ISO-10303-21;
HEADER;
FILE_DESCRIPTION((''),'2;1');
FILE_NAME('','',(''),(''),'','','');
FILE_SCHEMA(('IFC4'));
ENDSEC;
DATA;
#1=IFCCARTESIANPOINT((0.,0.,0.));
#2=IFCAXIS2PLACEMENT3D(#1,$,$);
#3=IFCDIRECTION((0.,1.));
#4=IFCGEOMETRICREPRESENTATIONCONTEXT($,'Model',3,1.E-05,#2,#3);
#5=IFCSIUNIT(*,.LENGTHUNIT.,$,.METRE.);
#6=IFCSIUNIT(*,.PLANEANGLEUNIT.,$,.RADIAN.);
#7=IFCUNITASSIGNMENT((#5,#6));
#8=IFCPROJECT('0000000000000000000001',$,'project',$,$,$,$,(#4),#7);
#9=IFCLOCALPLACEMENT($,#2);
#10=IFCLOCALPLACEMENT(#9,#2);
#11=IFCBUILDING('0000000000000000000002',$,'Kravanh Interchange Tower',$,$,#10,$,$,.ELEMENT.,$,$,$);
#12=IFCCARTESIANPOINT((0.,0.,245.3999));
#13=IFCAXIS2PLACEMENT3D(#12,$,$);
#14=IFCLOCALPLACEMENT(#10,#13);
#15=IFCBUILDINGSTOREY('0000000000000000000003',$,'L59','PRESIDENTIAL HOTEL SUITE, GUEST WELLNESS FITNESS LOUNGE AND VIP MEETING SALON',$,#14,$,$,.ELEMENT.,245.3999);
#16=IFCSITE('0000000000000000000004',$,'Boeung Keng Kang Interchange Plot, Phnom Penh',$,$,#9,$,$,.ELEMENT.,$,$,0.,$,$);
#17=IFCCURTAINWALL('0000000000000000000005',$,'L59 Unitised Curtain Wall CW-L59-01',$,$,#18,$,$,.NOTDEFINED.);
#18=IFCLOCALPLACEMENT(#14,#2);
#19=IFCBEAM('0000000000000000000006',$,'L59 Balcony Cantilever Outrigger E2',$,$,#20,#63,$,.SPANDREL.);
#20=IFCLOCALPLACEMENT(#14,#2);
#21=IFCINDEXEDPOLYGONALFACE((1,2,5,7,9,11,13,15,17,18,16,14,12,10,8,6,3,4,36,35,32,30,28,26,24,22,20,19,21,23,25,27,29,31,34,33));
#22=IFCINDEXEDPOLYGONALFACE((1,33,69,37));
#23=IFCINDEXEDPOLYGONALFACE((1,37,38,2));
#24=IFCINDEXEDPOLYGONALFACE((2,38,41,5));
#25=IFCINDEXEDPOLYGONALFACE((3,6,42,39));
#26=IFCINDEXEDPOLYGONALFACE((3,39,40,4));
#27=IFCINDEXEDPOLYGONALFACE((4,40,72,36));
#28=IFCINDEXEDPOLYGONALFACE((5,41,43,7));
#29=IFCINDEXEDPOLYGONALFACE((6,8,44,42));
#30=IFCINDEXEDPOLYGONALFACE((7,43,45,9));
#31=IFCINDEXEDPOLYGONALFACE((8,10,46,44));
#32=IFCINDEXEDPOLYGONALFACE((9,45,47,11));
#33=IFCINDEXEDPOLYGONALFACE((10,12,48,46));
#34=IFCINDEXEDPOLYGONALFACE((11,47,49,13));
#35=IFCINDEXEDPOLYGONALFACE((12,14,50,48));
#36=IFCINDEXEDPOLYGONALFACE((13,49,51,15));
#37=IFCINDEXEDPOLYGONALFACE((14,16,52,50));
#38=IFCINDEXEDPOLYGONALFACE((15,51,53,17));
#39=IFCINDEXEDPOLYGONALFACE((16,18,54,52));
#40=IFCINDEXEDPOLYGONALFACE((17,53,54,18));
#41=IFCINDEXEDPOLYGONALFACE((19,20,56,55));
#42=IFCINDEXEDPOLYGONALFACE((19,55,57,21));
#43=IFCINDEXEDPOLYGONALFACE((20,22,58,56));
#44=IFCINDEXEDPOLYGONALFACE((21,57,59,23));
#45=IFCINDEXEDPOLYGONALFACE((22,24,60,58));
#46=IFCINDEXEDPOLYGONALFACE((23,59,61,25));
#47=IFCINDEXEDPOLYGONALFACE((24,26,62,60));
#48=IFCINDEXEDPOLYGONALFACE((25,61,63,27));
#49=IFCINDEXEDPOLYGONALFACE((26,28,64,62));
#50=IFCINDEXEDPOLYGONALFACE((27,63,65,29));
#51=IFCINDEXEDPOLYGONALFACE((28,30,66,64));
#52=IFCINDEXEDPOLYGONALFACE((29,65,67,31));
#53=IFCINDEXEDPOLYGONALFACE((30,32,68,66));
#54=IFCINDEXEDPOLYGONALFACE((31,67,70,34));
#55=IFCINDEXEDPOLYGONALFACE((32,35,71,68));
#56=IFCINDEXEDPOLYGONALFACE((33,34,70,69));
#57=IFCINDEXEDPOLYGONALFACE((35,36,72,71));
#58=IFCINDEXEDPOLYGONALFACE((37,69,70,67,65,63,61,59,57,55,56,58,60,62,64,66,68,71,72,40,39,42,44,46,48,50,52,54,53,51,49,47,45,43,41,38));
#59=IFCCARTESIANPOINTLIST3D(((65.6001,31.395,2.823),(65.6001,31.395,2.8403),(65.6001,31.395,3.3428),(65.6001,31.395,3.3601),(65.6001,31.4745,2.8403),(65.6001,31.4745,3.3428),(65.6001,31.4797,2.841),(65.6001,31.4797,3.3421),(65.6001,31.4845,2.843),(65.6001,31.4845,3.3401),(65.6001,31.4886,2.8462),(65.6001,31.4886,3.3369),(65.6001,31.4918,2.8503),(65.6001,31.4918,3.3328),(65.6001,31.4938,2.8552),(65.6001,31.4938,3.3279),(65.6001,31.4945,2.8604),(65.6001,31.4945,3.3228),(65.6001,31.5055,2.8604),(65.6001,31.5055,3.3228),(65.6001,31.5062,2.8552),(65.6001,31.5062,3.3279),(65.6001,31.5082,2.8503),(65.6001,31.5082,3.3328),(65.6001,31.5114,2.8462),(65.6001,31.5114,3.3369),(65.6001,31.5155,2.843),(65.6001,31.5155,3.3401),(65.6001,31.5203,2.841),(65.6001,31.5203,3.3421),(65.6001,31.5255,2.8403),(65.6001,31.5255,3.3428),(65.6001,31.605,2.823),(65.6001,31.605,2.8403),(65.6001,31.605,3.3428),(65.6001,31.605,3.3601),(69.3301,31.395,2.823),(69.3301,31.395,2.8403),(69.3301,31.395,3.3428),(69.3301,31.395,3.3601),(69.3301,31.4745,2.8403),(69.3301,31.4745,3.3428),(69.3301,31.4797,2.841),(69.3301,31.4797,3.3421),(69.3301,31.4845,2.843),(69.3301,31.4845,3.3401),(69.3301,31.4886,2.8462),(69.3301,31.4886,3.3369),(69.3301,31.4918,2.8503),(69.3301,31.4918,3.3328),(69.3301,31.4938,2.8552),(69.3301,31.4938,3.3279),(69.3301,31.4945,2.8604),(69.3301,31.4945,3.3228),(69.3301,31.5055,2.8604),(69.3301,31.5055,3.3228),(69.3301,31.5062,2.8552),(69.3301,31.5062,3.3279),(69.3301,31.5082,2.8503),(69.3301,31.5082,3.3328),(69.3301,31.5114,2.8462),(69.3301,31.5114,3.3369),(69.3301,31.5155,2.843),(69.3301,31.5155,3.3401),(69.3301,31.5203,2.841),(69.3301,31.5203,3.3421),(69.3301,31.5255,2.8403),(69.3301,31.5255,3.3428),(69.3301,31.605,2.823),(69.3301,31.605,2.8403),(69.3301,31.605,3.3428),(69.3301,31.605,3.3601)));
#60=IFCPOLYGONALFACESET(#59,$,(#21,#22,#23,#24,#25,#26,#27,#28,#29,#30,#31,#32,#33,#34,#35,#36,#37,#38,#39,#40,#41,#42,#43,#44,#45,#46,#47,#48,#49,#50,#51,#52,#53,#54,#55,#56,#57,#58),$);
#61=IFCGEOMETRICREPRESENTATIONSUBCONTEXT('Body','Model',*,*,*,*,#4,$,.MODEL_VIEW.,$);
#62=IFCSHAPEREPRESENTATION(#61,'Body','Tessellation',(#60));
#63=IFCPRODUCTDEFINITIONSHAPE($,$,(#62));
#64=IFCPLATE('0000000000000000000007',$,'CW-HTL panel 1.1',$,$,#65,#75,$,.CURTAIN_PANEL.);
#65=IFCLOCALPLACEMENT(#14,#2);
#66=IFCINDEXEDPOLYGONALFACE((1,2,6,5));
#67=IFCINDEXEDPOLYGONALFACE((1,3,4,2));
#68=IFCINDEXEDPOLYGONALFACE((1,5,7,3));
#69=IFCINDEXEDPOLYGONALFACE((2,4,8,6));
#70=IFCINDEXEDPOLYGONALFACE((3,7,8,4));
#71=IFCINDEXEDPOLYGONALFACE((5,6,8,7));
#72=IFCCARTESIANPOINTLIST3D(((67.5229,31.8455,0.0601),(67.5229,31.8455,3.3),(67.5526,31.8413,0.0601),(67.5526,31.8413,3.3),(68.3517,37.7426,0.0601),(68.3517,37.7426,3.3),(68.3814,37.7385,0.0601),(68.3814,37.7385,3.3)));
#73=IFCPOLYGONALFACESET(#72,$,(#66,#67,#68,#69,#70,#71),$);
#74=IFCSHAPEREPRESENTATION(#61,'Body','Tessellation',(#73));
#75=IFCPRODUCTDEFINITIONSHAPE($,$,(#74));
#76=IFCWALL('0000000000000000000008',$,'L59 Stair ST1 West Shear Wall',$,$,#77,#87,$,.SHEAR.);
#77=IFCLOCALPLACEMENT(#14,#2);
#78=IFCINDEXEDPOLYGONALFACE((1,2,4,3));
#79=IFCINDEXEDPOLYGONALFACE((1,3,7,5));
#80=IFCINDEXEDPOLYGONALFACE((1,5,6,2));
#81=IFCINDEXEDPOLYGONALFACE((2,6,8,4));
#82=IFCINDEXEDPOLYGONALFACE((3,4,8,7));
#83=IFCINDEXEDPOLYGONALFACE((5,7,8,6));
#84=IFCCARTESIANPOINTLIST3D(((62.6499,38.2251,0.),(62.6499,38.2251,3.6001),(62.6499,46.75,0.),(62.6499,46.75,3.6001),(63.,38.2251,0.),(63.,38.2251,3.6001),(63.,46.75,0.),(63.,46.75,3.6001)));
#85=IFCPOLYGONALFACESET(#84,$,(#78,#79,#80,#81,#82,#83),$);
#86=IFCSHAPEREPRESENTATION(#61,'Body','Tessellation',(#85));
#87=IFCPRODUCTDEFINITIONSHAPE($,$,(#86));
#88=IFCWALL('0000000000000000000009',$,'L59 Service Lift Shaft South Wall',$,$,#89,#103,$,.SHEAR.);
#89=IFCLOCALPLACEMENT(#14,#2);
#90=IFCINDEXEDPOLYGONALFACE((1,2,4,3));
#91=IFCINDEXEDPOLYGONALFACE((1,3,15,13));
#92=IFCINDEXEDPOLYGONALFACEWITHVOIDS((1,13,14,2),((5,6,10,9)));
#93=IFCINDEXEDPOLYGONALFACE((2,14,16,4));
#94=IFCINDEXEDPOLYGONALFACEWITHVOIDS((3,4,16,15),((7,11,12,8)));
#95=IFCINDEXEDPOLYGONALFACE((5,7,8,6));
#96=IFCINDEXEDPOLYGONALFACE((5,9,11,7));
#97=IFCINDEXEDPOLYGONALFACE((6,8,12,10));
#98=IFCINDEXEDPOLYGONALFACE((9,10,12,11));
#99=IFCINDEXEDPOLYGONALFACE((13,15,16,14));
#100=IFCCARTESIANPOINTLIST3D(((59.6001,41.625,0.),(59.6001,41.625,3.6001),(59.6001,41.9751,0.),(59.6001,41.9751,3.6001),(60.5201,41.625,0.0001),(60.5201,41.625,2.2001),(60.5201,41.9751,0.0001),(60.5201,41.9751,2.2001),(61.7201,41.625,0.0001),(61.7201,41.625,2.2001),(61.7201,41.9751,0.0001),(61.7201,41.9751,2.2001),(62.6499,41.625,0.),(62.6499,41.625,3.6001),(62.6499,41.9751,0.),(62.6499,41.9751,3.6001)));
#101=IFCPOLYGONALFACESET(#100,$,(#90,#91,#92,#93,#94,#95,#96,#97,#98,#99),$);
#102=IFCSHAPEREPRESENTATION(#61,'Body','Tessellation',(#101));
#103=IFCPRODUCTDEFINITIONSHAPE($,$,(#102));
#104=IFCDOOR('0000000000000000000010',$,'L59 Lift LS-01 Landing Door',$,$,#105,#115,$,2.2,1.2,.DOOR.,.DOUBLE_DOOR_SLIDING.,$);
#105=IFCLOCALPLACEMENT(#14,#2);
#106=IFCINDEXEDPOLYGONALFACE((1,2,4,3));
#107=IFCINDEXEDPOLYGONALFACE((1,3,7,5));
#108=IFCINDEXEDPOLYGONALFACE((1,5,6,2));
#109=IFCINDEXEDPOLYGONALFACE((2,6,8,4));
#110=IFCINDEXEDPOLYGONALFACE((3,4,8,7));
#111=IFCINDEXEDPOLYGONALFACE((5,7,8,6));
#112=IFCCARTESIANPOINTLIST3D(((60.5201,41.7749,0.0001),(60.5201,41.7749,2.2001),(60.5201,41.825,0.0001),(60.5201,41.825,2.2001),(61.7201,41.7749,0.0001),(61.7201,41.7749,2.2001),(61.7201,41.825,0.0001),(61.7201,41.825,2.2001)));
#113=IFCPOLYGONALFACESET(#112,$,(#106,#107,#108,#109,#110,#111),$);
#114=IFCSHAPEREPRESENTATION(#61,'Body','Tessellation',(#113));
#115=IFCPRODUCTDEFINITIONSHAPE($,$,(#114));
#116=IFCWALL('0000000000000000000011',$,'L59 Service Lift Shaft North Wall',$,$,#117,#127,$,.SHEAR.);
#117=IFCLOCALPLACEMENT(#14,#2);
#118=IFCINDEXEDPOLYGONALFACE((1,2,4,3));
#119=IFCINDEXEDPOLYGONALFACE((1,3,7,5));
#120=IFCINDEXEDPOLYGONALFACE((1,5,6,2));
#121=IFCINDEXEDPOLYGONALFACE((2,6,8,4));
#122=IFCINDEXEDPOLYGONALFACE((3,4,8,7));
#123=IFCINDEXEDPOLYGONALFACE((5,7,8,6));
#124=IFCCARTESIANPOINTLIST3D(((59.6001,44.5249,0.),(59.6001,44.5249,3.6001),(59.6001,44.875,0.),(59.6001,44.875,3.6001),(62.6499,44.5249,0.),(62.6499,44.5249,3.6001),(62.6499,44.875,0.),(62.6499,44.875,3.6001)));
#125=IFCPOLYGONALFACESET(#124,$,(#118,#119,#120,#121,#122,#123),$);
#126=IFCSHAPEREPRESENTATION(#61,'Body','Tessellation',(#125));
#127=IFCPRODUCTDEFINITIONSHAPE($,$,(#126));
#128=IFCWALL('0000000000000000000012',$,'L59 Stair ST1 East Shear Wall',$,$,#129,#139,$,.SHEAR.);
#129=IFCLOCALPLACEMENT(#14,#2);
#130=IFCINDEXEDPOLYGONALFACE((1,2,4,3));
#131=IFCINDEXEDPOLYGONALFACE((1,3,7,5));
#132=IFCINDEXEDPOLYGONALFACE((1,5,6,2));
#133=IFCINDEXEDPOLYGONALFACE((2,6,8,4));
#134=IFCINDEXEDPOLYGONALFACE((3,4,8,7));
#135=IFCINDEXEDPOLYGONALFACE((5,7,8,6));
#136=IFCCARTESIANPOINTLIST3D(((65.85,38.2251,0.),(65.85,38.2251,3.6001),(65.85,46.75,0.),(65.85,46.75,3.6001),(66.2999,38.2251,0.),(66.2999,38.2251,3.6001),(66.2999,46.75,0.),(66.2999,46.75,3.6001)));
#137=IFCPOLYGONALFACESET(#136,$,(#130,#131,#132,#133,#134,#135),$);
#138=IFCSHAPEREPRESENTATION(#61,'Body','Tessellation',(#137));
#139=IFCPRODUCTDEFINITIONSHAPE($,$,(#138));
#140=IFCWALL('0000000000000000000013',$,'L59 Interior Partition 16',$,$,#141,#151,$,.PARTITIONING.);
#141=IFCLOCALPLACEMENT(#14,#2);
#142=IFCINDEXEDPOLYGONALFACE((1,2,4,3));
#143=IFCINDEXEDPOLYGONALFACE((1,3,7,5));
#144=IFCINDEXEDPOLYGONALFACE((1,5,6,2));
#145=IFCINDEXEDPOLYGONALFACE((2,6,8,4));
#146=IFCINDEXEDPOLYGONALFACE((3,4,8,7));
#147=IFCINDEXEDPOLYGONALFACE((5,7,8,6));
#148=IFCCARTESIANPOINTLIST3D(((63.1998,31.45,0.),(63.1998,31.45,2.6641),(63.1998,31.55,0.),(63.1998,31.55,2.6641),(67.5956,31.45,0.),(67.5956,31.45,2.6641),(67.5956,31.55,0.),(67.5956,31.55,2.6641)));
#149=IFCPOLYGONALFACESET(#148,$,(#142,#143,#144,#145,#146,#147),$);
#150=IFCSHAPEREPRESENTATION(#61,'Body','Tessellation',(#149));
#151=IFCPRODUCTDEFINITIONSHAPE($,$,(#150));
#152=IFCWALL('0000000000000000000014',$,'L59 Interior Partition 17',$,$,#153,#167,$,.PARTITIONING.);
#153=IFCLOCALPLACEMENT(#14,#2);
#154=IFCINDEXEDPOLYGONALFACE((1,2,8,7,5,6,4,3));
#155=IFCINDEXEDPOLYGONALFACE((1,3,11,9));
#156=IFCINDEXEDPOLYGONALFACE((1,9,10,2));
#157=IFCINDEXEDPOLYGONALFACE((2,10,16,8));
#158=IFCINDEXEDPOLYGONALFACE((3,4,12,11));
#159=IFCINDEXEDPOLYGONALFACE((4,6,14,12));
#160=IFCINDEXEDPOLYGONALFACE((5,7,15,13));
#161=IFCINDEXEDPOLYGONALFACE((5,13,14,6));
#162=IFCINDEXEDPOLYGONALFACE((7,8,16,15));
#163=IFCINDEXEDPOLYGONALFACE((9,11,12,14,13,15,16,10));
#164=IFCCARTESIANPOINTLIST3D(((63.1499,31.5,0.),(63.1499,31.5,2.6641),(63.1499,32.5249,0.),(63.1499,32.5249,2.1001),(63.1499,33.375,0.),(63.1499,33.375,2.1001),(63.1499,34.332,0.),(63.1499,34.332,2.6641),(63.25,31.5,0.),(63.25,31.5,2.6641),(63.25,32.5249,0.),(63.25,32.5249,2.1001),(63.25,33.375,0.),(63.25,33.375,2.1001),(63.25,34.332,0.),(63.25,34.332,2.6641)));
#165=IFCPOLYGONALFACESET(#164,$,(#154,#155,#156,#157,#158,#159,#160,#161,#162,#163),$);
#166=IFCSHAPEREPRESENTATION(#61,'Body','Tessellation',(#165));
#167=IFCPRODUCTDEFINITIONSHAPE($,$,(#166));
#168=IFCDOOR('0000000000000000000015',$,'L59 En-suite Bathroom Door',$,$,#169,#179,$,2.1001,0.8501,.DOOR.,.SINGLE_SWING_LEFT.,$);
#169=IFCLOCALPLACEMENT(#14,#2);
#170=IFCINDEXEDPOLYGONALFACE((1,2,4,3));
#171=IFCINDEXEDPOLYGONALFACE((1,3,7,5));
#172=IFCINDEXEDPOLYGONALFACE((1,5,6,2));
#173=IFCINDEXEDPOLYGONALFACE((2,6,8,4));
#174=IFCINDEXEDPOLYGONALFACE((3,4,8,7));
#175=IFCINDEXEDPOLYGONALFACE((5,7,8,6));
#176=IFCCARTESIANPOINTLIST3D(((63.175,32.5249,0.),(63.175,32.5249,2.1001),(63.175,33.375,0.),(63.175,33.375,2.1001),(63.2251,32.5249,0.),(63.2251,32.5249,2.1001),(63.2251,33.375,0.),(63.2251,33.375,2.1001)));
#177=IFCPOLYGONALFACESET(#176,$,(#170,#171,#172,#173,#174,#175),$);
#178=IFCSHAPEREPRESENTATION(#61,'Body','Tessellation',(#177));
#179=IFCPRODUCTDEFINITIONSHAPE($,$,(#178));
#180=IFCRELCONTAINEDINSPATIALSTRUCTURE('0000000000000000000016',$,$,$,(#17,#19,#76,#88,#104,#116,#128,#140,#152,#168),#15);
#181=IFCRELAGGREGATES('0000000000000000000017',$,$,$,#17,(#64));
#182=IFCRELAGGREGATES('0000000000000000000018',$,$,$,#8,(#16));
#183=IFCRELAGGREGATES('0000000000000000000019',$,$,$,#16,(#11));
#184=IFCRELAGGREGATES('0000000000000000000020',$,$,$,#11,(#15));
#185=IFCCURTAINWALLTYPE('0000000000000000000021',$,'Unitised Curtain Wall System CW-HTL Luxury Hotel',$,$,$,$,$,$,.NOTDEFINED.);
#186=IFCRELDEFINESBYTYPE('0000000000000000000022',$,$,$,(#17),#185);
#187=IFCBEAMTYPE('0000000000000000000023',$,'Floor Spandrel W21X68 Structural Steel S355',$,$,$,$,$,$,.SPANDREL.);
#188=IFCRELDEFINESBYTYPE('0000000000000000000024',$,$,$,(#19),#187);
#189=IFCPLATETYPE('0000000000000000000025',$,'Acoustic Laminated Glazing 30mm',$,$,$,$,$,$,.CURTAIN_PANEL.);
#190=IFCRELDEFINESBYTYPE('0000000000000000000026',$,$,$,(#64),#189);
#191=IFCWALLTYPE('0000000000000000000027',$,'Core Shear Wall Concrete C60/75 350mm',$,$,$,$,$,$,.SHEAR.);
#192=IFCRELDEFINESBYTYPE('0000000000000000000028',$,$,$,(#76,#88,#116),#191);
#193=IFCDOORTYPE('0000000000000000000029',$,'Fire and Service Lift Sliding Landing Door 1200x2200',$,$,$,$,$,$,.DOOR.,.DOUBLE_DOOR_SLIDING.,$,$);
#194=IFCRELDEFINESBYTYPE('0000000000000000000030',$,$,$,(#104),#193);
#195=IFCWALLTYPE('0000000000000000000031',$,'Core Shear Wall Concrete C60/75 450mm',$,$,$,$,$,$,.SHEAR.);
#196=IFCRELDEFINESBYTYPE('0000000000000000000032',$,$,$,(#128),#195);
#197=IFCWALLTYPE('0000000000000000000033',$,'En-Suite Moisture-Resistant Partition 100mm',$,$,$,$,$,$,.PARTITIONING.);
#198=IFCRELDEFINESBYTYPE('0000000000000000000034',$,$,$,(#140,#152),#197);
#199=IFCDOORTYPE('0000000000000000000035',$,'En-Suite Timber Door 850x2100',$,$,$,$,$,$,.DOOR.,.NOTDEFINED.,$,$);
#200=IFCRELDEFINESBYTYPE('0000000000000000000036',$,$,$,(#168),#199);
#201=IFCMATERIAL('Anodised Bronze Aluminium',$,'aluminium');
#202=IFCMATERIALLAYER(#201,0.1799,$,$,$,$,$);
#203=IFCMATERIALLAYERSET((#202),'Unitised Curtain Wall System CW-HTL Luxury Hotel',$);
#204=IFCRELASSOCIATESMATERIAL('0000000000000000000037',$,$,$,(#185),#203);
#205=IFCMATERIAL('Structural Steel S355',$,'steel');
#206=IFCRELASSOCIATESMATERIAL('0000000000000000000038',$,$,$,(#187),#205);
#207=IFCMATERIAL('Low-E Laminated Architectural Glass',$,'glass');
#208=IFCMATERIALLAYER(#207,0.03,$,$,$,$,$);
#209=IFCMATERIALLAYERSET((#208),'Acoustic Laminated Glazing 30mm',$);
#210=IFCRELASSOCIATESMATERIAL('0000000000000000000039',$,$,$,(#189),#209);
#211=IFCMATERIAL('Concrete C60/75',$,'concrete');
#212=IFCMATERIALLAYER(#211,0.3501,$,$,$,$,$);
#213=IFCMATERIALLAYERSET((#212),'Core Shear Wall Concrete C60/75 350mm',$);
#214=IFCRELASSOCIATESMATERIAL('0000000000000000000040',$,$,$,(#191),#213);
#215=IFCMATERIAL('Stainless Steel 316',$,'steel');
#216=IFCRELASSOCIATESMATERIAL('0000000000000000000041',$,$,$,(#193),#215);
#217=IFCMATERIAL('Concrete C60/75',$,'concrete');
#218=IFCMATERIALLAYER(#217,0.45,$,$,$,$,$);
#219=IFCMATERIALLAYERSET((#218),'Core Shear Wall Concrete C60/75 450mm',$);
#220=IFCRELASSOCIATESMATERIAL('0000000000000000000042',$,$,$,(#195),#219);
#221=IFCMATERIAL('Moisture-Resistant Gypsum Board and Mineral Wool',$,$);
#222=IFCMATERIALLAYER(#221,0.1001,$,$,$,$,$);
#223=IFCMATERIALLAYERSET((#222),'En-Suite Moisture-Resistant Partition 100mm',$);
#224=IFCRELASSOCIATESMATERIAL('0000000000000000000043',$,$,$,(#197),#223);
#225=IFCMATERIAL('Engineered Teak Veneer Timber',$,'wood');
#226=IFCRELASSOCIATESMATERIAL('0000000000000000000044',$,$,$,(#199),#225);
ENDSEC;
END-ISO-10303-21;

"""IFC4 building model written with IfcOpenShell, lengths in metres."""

from ifc_helpers import new_model, si_unit, direction, frame, frame_2d, origin, origin_2d, place, context, subcontext, project, spatial, rectangle, i_section, extrude, material, layer, layer_set, material_profile, profile_set, type_object, element, fill, aggregate, save


model = new_model("IFC4")

# Units and contexts
model_context = context("Model", 3, precision=1e-05, world=origin(), true_north=direction((0.0, 1.0)))
body_context = subcontext(model_context, "Body", "Model", "MODEL_VIEW")
ifc_project = project(units=[si_unit("LENGTHUNIT", "METRE"), si_unit("PLANEANGLEUNIT", "RADIAN")], contexts=[model_context])

# Site, building, storey
site_placement = place(None, origin())
site = spatial("IfcSite", under=ifc_project, at=site_placement, Name="Boeung Keng Kang Interchange Plot, Phnom Penh", CompositionType="ELEMENT", RefElevation=0.0)
building_placement = place(site_placement, origin())
building = spatial("IfcBuilding", under=site, at=building_placement, Name="Kravanh Interchange Tower", CompositionType="ELEMENT")
storey_placement = place(building_placement, frame((0.0, 0.0, 245.3999)))
storey = spatial("IfcBuildingStorey", under=building, at=storey_placement, Name="L59", Description="PRESIDENTIAL HOTEL SUITE, GUEST WELLNESS FITNESS LOUNGE AND VIP MEETING SALON", CompositionType="ELEMENT", Elevation=245.3999)

# Curtain wall
ifc_material_1 = material(Name="Anodised Bronze Aluminium", Category="aluminium")
ifc_layer_1 = layer(ifc_material_1, 0.1799)
ifc_layer_set_1 = layer_set([ifc_layer_1], Name="Unitised Curtain Wall System CW-HTL Luxury Hotel")
curtain_wall_type = type_object("IfcCurtainWallType", Name="Unitised Curtain Wall System CW-HTL Luxury Hotel", PredefinedType="NOTDEFINED", material=ifc_layer_set_1)
curtain_wall_placement = place(storey_placement, origin())
curtain_wall = element("IfcCurtainWall", 1, at=curtain_wall_placement, inside=storey, type_object=curtain_wall_type, Name="L59 Unitised Curtain Wall CW-L59-01", PredefinedType="NOTDEFINED")

# Beam
ifc_material_2 = material(Name="Structural Steel S355", Category="steel")
ifc_material_profile_1 = material_profile(ifc_material_2, i_section(OverallWidth=0.21, OverallDepth=0.5371, WebThickness=0.011, FlangeThickness=0.0173, FilletRadius=0.02, at=origin_2d()), Name="W21X68")
ifc_profile_set_1 = profile_set([ifc_material_profile_1], Name="Structural Steel S355")
beam_type_1 = type_object("IfcBeamType", Name="Floor Spandrel W21X68 Structural Steel S355", PredefinedType="SPANDREL", material=ifc_profile_set_1)
beam_1_placement = place(storey_placement, frame((65.6001, 31.5, 3.0916), z_axis=(1.0, 0.0, 0.0), x_axis=(0.0, 1.0, 0.0)))
element("IfcBeam", 2, at=beam_1_placement, inside=storey, type_object=beam_type_1, Name="L59 Balcony Cantilever Outrigger E2", PredefinedType="SPANDREL", context=body_context, shape_type="SweptSolid", body=[
    extrude(i_section(OverallWidth=0.21, OverallDepth=0.5371, WebThickness=0.011, FlangeThickness=0.0173, FilletRadius=0.02, at=origin_2d()), origin(), (0.0, 0.0, 1.0), 3.73),
])

# Plate
ifc_material_3 = material(Name="Low-E Laminated Architectural Glass", Category="glass")
ifc_layer_2 = layer(ifc_material_3, 0.03)
ifc_layer_set_2 = layer_set([ifc_layer_2], Name="Acoustic Laminated Glazing 30mm")
plate_type = type_object("IfcPlateType", Name="Acoustic Laminated Glazing 30mm", PredefinedType="CURTAIN_PANEL", material=ifc_layer_set_2)
plate_placement = place(storey_placement, frame((67.9521, 34.792, 0.0601), z_axis=(0.0, 0.0, 1.0), x_axis=(-0.139174, -0.990268, 0.0)))
plate = element("IfcPlate", 3, at=plate_placement, type_object=plate_type, Name="CW-HTL panel 1.1", PredefinedType="CURTAIN_PANEL", context=body_context, shape_type="SweptSolid", body=[
    extrude(rectangle(XDim=5.9551, YDim=0.03, at=origin_2d()), origin(), (0.0, 0.0, 1.0), 3.24),
])
aggregate(curtain_wall, [plate])

# Wall
ifc_material_4 = material(Name="Concrete C60/75", Category="concrete")
ifc_layer_3 = layer(ifc_material_4, 0.3501)
ifc_layer_set_3 = layer_set([ifc_layer_3], Name="Core Shear Wall Concrete C60/75 350mm")
wall_type_1 = type_object("IfcWallType", Name="Core Shear Wall Concrete C60/75 350mm", PredefinedType="SHEAR", material=ifc_layer_set_3)
wall_1_placement = place(storey_placement, frame((62.825, 38.2251, 0.0), z_axis=(0.0, 0.0, 1.0), x_axis=(0.0, 1.0, 0.0)))
element("IfcWall", 4, at=wall_1_placement, inside=storey, type_object=wall_type_1, Name="L59 Stair ST1 West Shear Wall", PredefinedType="SHEAR", context=body_context, shape_type="SweptSolid", body=[
    extrude(rectangle(XDim=8.5249, YDim=0.3501, at=frame_2d((4.2625, 0.0))), origin(), (0.0, 0.0, 1.0), 3.6001),
])

# Wall, opening, door
wall_2_placement = place(storey_placement, frame((59.6001, 41.8, 0.0), z_axis=(0.0, 0.0, 1.0), x_axis=(1.0, 0.0, 0.0)))
wall_2 = element("IfcWall", 5, at=wall_2_placement, inside=storey, type_object=wall_type_1, Name="L59 Service Lift Shaft South Wall", PredefinedType="SHEAR", context=body_context, shape_type="SweptSolid", body=[
    extrude(rectangle(XDim=3.0498, YDim=0.3501, at=frame_2d((1.5249, 0.0))), origin(), (0.0, 0.0, 1.0), 3.6001),
])
opening_1_placement = place(wall_2_placement, frame((0.9199, 0.0, 0.0)))
opening_1 = element("IfcOpeningElement", 6, at=opening_1_placement, cuts=wall_2, PredefinedType="OPENING", context=body_context, shape_type="SweptSolid", body=[
    extrude(rectangle(XDim=1.2, YDim=2.2, at=frame_2d((0.6001, 1.1001))), frame((0.0, 0.1851, 0.0), z_axis=(0.0, -1.0, 0.0), x_axis=(1.0, 0.0, 0.0)), (0.0, 0.0, 1.0), 0.3701),
])
ifc_material_5 = material(Name="Stainless Steel 316", Category="steel")
door_type_1 = type_object("IfcDoorType", Name="Fire and Service Lift Sliding Landing Door 1200x2200", OperationType="DOUBLE_DOOR_SLIDING", PredefinedType="DOOR", material=ifc_material_5)
door_1_placement = place(opening_1_placement, origin())
door_1 = element("IfcDoor", 7, at=door_1_placement, inside=storey, type_object=door_type_1, Name="L59 Lift LS-01 Landing Door", OperationType="DOUBLE_DOOR_SLIDING", OverallHeight=2.2, OverallWidth=1.2, PredefinedType="DOOR", context=body_context, shape_type="SweptSolid", body=[
    extrude(rectangle(XDim=1.2, YDim=2.2, at=frame_2d((0.6001, 1.1001))), frame((0.0, 0.0249, 0.0), z_axis=(0.0, -1.0, 0.0), x_axis=(1.0, 0.0, 0.0)), (0.0, 0.0, 1.0), 0.05),
])
fill(opening_1, door_1)

# Walls
wall_3_placement = place(storey_placement, frame((59.6001, 44.7, 0.0), z_axis=(0.0, 0.0, 1.0), x_axis=(1.0, 0.0, 0.0)))
element("IfcWall", 8, at=wall_3_placement, inside=storey, type_object=wall_type_1, Name="L59 Service Lift Shaft North Wall", PredefinedType="SHEAR", context=body_context, shape_type="SweptSolid", body=[
    extrude(rectangle(XDim=3.0498, YDim=0.3501, at=frame_2d((1.5249, 0.0))), origin(), (0.0, 0.0, 1.0), 3.6001),
])
ifc_material_6 = material(Name="Concrete C60/75", Category="concrete")
ifc_layer_4 = layer(ifc_material_6, 0.45)
ifc_layer_set_4 = layer_set([ifc_layer_4], Name="Core Shear Wall Concrete C60/75 450mm")
wall_type_2 = type_object("IfcWallType", Name="Core Shear Wall Concrete C60/75 450mm", PredefinedType="SHEAR", material=ifc_layer_set_4)
wall_4_placement = place(storey_placement, frame((66.075, 38.2251, 0.0), z_axis=(0.0, 0.0, 1.0), x_axis=(0.0, 1.0, 0.0)))
element("IfcWall", 9, at=wall_4_placement, inside=storey, type_object=wall_type_2, Name="L59 Stair ST1 East Shear Wall", PredefinedType="SHEAR", context=body_context, shape_type="SweptSolid", body=[
    extrude(rectangle(XDim=8.5249, YDim=0.45, at=frame_2d((4.2625, 0.0))), origin(), (0.0, 0.0, 1.0), 3.6001),
])
ifc_material_7 = material(Name="Moisture-Resistant Gypsum Board and Mineral Wool")
ifc_layer_5 = layer(ifc_material_7, 0.1001)
ifc_layer_set_5 = layer_set([ifc_layer_5], Name="En-Suite Moisture-Resistant Partition 100mm")
wall_type_3 = type_object("IfcWallType", Name="En-Suite Moisture-Resistant Partition 100mm", PredefinedType="PARTITIONING", material=ifc_layer_set_5)
wall_5_placement = place(storey_placement, frame((63.2, 31.5, 0.0), z_axis=(0.0, 0.0, 1.0), x_axis=(1.0, 0.0, 0.0)))
element("IfcWall", 10, at=wall_5_placement, inside=storey, type_object=wall_type_3, Name="L59 Interior Partition 16", PredefinedType="PARTITIONING", context=body_context, shape_type="SweptSolid", body=[
    extrude(rectangle(XDim=4.3958, YDim=0.1001, at=frame_2d((2.1978, 0.0))), origin(), (0.0, 0.0, 1.0), 2.6641),
])

# Wall, opening, door
wall_6_placement = place(storey_placement, frame((63.2, 31.5, 0.0), z_axis=(0.0, 0.0, 1.0), x_axis=(0.0, 1.0, 0.0)))
wall_6 = element("IfcWall", 11, at=wall_6_placement, inside=storey, type_object=wall_type_3, Name="L59 Interior Partition 17", PredefinedType="PARTITIONING", context=body_context, shape_type="SweptSolid", body=[
    extrude(rectangle(XDim=2.832, YDim=0.1001, at=frame_2d((1.416, 0.0))), origin(), (0.0, 0.0, 1.0), 2.6641),
])
opening_2_placement = place(wall_6_placement, frame((1.0249, 0.0, 0.0)))
opening_2 = element("IfcOpeningElement", 12, at=opening_2_placement, cuts=wall_6, PredefinedType="OPENING", context=body_context, shape_type="SweptSolid", body=[
    extrude(rectangle(XDim=0.8501, YDim=2.1001, at=frame_2d((0.425, 1.05))), frame((0.0, 0.0601, 0.0), z_axis=(0.0, -1.0, 0.0), x_axis=(1.0, 0.0, 0.0)), (0.0, 0.0, 1.0), 0.1201),
])
ifc_material_8 = material(Name="Engineered Teak Veneer Timber", Category="wood")
door_type_2 = type_object("IfcDoorType", Name="En-Suite Timber Door 850x2100", OperationType="NOTDEFINED", PredefinedType="DOOR", material=ifc_material_8)
door_2_placement = place(opening_2_placement, origin())
door_2 = element("IfcDoor", 13, at=door_2_placement, inside=storey, type_object=door_type_2, Name="L59 En-suite Bathroom Door", OperationType="SINGLE_SWING_LEFT", OverallHeight=2.1001, OverallWidth=0.8501, PredefinedType="DOOR", context=body_context, shape_type="SweptSolid", body=[
    extrude(rectangle(XDim=0.8501, YDim=2.1001, at=frame_2d((0.425, 1.05))), frame((0.0, 0.0249, 0.0), z_axis=(0.0, -1.0, 0.0), x_axis=(1.0, 0.0, 0.0)), (0.0, 0.0, 1.0), 0.05),
])
fill(opening_2, door_2)

save(model, "model.ifc")
